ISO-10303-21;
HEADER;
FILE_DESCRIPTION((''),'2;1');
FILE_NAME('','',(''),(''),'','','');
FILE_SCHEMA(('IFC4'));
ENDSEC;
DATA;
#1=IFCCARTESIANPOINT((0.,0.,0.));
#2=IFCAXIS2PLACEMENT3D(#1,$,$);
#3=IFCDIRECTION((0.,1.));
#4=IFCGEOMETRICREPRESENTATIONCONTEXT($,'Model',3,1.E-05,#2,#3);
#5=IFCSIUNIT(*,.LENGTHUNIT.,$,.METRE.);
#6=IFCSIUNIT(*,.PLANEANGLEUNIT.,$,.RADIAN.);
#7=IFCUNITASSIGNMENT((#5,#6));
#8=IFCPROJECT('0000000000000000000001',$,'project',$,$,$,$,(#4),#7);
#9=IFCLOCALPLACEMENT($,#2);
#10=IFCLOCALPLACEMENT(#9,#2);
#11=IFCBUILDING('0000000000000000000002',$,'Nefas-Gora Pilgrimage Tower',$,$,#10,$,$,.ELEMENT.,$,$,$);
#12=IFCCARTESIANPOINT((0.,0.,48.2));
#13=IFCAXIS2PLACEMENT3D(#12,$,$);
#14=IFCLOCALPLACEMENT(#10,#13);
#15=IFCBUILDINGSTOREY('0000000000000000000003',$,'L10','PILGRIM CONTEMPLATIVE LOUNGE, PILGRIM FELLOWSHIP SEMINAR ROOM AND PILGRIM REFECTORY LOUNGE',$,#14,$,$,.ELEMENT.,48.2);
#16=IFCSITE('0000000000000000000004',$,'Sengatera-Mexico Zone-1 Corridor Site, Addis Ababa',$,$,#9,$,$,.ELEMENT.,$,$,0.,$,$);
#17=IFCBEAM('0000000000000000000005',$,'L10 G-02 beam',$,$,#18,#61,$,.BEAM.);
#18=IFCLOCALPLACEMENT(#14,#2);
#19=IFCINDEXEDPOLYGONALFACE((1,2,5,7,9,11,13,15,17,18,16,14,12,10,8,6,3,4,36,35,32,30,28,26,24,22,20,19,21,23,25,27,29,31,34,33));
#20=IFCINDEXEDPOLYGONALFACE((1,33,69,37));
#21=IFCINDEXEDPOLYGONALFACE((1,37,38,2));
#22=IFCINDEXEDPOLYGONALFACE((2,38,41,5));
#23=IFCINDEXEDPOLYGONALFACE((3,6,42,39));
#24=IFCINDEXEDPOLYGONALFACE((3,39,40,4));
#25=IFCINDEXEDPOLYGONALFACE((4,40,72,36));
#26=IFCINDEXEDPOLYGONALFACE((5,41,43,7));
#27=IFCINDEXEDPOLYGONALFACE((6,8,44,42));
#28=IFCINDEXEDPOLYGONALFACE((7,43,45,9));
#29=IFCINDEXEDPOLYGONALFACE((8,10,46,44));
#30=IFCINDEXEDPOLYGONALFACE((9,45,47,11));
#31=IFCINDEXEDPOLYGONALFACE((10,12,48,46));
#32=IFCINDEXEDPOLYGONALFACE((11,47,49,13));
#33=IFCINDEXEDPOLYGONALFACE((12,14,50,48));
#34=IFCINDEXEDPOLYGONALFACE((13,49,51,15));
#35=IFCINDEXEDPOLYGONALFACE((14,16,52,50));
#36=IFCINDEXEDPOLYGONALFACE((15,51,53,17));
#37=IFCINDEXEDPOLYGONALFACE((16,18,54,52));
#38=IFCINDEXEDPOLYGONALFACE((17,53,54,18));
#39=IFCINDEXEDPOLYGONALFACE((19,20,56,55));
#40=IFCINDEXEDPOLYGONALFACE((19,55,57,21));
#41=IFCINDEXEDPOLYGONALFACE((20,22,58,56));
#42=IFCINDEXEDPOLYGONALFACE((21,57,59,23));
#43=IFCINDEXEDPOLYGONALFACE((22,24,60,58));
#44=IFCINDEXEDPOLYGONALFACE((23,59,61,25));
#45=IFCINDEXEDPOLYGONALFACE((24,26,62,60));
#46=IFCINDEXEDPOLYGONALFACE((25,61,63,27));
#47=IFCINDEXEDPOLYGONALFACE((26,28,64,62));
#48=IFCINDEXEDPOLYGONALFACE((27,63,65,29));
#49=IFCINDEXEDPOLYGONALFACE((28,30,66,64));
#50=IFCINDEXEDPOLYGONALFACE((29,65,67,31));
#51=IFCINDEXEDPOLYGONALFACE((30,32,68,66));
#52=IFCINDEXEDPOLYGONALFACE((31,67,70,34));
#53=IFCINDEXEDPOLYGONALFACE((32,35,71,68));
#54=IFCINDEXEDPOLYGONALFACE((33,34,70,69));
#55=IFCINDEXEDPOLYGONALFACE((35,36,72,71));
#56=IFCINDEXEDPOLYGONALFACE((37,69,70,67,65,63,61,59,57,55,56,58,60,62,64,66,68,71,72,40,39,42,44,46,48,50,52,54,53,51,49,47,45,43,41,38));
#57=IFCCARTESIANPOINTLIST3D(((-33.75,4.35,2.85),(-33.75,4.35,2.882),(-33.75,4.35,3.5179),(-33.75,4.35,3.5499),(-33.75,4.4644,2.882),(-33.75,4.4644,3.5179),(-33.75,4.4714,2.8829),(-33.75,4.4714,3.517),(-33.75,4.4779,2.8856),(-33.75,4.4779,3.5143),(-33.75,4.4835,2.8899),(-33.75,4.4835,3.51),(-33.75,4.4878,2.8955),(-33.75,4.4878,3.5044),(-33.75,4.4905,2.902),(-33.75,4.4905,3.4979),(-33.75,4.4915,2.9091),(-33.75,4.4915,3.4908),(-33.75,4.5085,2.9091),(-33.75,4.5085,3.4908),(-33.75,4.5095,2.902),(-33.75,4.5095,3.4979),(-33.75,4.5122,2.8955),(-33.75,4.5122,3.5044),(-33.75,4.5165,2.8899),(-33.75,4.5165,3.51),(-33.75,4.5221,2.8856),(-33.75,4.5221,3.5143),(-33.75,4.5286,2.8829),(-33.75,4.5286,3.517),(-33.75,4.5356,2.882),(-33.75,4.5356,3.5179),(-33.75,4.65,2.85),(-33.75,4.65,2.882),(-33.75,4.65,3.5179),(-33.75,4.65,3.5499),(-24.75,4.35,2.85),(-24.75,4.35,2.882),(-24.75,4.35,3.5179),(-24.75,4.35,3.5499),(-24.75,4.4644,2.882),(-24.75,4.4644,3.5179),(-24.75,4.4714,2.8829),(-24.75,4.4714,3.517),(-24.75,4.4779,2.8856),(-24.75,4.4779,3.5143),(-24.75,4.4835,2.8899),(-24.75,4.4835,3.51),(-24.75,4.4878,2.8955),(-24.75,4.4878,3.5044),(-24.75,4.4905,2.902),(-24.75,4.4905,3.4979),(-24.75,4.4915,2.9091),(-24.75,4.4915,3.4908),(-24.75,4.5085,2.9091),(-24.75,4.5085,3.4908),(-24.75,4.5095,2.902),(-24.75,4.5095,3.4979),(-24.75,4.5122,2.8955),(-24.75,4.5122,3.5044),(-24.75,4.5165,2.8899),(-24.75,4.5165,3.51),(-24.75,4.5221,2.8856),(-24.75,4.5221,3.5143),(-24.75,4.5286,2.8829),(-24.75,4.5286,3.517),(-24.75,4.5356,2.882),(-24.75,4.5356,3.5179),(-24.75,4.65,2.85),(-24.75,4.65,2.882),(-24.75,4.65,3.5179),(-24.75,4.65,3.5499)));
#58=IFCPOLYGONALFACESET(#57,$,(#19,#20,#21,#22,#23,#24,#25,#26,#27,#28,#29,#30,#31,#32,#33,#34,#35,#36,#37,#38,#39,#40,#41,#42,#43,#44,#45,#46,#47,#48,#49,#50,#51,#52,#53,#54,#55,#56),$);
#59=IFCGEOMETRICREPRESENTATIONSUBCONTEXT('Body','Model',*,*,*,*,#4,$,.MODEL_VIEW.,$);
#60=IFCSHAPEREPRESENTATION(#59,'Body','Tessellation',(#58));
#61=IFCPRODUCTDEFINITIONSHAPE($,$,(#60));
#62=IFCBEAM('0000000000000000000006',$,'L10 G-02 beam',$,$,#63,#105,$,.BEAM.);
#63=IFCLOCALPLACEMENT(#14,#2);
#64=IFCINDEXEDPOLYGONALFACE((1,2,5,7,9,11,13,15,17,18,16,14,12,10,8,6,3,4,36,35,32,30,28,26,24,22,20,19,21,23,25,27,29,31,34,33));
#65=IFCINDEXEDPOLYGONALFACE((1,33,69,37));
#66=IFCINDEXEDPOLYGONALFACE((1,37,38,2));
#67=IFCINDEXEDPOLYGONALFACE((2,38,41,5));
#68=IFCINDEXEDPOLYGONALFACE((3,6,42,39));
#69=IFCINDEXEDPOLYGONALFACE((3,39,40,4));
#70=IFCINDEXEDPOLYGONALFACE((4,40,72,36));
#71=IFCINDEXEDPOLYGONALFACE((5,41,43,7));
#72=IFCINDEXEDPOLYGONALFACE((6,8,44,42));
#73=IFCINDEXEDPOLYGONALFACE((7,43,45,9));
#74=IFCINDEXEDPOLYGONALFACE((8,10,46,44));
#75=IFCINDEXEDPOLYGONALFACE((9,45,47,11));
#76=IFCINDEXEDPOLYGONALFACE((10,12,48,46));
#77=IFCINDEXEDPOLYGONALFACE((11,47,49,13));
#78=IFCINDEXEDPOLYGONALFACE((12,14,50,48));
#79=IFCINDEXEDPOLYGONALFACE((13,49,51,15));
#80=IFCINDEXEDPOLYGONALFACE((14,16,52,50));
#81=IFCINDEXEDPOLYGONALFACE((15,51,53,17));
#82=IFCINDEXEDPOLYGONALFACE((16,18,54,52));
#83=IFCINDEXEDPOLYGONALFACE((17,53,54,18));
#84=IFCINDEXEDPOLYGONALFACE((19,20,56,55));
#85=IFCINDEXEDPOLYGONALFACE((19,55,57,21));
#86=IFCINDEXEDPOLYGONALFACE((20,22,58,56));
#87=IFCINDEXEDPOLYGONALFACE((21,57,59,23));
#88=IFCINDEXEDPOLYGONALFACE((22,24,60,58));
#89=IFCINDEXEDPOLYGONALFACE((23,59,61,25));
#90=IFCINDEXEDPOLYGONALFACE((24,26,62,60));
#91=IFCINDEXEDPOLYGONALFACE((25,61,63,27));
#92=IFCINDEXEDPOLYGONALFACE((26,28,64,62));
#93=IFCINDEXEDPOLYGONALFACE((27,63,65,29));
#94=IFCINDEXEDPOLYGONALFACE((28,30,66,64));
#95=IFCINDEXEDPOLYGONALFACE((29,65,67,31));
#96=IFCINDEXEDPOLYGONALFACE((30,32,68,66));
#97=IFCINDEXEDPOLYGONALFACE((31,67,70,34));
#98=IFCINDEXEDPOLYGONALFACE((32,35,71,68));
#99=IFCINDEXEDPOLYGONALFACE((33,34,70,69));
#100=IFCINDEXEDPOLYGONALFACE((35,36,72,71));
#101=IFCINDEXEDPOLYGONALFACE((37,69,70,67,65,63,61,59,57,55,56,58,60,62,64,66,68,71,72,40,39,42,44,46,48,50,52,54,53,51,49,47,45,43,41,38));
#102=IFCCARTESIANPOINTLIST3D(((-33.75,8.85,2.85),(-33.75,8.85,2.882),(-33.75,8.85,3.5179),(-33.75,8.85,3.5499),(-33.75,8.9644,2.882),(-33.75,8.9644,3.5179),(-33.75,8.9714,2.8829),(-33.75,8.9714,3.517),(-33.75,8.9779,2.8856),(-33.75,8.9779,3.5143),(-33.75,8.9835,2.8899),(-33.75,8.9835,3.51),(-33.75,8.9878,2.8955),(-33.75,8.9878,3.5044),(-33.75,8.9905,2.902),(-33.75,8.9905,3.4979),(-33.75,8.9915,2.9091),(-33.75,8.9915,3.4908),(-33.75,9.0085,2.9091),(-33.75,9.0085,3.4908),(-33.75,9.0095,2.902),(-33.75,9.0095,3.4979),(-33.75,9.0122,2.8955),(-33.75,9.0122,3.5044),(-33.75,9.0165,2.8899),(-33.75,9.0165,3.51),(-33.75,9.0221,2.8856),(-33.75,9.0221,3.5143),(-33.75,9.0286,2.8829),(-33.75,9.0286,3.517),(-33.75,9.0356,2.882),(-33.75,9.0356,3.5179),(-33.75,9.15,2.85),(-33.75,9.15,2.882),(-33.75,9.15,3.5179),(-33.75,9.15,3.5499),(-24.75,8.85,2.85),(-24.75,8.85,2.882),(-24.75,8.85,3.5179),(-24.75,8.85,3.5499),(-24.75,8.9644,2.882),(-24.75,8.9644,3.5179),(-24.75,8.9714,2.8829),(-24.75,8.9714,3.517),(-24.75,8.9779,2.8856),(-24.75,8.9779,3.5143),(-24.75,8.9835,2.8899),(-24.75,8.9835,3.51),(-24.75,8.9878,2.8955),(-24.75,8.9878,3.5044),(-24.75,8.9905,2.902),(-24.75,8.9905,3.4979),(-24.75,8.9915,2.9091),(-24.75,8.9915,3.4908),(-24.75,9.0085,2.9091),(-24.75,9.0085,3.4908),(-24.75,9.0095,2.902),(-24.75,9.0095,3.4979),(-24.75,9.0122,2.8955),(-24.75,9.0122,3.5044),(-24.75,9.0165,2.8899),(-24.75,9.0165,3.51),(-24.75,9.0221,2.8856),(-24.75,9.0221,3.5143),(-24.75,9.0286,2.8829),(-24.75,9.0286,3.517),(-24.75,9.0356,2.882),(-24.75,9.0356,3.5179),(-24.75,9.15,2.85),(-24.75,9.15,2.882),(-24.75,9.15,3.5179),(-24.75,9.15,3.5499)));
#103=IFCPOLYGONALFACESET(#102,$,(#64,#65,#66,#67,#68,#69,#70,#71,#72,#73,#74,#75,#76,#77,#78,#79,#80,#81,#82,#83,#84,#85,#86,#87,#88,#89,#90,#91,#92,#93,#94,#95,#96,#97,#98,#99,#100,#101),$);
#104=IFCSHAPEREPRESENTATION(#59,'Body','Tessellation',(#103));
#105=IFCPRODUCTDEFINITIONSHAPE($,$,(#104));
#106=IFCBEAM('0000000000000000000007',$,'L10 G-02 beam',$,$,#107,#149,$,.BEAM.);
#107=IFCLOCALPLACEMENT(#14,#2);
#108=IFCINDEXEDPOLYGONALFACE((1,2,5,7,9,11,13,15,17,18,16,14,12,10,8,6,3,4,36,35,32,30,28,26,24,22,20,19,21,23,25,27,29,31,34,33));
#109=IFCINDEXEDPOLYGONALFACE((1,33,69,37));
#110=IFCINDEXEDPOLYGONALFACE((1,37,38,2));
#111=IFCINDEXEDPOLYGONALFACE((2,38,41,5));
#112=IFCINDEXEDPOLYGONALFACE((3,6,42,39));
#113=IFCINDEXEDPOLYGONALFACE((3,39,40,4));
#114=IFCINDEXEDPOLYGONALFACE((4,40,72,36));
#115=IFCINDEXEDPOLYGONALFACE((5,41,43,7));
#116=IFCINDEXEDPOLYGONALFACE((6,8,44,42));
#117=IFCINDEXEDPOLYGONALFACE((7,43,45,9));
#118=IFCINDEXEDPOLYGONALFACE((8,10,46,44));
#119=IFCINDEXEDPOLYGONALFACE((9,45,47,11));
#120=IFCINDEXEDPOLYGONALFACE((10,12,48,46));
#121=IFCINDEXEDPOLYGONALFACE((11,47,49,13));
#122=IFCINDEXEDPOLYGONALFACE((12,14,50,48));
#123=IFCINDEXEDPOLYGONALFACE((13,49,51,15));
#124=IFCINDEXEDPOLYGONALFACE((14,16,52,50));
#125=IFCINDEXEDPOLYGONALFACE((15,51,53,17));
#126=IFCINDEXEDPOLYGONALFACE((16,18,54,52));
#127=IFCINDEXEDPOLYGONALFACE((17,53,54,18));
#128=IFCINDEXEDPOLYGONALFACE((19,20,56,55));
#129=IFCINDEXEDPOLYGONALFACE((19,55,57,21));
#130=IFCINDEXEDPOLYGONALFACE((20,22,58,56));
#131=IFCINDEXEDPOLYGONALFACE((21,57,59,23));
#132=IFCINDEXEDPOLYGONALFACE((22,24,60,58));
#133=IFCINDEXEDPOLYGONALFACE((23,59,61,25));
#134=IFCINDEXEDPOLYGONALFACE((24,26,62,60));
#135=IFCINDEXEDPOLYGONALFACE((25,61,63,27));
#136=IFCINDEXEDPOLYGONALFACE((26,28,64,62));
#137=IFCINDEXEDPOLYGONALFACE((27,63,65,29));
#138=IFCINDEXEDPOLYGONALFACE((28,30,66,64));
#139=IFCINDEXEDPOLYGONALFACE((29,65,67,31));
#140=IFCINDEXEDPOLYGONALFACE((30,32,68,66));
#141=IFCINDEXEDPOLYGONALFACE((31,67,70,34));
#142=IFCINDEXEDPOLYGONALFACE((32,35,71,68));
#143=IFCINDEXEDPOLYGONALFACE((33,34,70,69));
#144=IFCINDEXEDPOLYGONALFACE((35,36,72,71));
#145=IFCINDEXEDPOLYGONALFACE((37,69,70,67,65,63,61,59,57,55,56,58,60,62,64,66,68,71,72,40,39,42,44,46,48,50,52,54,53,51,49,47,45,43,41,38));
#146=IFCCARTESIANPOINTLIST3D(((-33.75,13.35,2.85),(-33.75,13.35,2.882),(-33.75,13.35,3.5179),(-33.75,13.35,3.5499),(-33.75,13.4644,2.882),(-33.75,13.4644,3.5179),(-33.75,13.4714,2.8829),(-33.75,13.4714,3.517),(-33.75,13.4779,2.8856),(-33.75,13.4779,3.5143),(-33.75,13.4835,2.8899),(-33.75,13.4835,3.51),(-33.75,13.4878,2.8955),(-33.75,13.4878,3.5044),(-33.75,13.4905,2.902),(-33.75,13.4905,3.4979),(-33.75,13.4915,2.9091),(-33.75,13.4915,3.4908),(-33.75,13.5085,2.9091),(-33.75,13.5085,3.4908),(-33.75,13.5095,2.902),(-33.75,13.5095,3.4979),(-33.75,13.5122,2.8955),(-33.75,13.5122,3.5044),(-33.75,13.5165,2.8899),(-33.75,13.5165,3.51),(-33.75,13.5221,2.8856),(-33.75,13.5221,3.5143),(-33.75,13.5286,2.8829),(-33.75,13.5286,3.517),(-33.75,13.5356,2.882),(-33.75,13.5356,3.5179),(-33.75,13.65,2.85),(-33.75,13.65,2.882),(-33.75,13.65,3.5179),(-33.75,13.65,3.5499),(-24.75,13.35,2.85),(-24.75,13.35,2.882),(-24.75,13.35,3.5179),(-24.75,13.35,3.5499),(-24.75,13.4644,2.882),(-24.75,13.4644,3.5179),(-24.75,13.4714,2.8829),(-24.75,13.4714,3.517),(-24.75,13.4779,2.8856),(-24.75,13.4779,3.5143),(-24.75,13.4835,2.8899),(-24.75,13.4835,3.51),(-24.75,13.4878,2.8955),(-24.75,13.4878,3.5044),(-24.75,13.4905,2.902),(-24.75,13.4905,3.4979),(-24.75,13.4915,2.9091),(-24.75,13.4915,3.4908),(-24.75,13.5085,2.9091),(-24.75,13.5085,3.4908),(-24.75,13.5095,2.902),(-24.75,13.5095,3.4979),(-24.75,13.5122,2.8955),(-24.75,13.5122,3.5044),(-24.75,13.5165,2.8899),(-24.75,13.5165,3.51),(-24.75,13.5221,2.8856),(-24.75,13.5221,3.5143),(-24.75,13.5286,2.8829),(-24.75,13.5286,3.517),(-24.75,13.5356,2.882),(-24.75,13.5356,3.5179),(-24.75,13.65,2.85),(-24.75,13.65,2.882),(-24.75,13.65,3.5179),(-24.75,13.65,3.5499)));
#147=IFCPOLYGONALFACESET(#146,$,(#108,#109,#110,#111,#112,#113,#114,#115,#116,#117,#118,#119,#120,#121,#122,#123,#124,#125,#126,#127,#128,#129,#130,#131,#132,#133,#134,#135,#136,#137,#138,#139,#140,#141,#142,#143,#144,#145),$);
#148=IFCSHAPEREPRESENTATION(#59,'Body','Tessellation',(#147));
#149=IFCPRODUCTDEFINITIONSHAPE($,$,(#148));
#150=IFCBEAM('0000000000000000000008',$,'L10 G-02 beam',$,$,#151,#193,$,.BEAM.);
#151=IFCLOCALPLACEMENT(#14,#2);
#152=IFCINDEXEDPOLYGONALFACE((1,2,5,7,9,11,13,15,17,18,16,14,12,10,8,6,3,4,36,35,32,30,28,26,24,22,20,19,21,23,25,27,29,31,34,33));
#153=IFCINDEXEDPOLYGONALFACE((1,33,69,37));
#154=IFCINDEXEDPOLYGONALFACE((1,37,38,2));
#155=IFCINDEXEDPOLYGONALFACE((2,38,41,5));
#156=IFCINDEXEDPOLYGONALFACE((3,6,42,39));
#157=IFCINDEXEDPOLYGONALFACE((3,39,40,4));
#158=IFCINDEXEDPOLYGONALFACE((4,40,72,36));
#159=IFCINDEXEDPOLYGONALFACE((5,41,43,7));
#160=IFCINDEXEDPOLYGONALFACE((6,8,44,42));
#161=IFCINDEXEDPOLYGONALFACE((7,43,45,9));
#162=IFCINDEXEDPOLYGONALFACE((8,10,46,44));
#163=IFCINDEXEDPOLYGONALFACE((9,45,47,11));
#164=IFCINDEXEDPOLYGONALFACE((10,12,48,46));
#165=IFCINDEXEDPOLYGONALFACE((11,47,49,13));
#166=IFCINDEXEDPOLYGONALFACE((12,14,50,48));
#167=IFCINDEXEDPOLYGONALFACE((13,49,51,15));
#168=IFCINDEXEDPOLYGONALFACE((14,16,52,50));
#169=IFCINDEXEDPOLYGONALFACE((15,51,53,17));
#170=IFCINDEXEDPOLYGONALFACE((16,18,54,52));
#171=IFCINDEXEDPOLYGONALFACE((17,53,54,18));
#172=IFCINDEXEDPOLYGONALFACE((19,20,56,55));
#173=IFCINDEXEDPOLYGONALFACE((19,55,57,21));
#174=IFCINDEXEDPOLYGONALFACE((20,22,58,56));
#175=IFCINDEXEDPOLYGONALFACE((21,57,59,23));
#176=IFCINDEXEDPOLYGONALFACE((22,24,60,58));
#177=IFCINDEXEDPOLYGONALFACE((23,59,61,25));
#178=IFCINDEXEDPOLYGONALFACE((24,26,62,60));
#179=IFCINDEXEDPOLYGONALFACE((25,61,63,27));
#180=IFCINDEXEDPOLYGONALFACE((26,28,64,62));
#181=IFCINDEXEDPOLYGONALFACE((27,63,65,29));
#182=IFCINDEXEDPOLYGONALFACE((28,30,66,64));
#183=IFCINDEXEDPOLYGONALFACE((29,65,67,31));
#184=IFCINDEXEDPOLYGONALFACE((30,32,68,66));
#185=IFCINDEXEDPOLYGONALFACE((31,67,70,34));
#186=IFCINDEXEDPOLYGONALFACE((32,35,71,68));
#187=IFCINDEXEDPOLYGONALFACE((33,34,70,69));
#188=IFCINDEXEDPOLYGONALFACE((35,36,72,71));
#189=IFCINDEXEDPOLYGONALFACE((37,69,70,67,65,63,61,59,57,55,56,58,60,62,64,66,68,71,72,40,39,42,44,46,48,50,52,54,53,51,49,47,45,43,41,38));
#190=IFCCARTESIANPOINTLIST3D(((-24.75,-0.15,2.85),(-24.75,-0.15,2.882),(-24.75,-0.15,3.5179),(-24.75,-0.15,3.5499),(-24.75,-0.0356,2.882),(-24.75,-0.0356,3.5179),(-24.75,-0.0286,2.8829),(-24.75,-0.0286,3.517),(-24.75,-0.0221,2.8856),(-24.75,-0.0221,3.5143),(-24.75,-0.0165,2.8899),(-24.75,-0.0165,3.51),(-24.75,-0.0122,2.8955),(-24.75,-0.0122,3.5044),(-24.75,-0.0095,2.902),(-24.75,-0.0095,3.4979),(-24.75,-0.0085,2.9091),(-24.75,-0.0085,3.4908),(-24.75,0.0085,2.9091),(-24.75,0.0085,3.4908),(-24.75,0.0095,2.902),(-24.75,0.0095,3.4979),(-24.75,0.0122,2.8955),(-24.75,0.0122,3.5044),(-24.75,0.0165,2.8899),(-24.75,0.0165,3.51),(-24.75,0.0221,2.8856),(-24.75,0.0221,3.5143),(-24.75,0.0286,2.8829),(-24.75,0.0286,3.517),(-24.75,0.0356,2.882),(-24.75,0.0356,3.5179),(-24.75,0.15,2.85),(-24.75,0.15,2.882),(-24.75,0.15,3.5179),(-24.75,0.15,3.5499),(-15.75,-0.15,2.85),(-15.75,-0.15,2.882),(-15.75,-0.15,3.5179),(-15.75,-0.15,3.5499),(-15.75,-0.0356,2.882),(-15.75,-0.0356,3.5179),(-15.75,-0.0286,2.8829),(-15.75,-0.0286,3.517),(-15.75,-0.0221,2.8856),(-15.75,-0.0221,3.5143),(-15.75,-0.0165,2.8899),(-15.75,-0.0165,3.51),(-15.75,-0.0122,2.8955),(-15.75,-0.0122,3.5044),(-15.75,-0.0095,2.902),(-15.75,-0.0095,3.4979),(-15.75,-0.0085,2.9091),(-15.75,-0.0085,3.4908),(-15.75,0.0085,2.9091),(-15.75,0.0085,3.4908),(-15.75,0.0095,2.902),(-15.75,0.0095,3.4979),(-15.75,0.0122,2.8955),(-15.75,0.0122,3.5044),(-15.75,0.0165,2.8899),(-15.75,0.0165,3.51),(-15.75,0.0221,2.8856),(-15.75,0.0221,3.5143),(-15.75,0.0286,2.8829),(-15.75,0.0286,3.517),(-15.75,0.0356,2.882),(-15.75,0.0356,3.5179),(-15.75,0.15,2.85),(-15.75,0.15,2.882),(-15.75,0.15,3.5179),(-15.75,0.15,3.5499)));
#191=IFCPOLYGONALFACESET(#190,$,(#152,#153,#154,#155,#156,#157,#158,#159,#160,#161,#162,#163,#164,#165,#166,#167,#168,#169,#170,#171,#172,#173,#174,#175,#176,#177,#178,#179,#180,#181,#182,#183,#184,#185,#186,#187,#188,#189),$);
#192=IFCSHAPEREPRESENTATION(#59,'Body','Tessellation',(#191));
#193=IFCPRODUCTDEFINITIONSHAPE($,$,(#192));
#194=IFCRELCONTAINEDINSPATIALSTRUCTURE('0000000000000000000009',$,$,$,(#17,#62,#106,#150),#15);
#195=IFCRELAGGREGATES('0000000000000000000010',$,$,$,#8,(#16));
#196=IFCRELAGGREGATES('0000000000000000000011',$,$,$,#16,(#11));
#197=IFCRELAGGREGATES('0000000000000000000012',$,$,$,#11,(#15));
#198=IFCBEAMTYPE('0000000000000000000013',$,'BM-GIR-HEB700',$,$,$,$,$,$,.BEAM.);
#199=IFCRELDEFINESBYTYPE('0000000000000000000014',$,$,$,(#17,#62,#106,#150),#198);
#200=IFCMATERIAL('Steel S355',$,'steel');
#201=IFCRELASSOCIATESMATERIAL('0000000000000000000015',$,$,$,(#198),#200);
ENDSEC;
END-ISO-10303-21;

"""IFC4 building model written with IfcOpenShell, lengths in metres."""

from ifc_helpers import new_model, si_unit, direction, frame, origin, origin_2d, place, context, subcontext, project, spatial, i_section, extrude, source, transform, mapped, material, material_profile, profile_set, type_object, element, save


model = new_model("IFC4")

# Units and contexts
model_context = context("Model", 3, precision=1e-05, world=origin(), true_north=direction((0.0, 1.0)))
body_context = subcontext(model_context, "Body", "Model", "MODEL_VIEW")
ifc_project = project(units=[si_unit("LENGTHUNIT", "METRE"), si_unit("PLANEANGLEUNIT", "RADIAN")], contexts=[model_context])

# Site, building, storey
site_placement = place(None, origin())
site = spatial("IfcSite", under=ifc_project, at=site_placement, Name="Sengatera-Mexico Zone-1 Corridor Site, Addis Ababa", CompositionType="ELEMENT", RefElevation=0.0)
building_placement = place(site_placement, origin())
building = spatial("IfcBuilding", under=site, at=building_placement, Name="Nefas-Gora Pilgrimage Tower", CompositionType="ELEMENT")
storey_placement = place(building_placement, frame((0.0, 0.0, 48.2)))
storey = spatial("IfcBuildingStorey", under=building, at=storey_placement, Name="L10", Description="PILGRIM CONTEMPLATIVE LOUNGE, PILGRIM FELLOWSHIP SEMINAR ROOM AND PILGRIM REFECTORY LOUNGE", CompositionType="ELEMENT", Elevation=48.2)

# Beams
ifc_material_1 = material(Name="Steel S355", Category="steel")
ifc_material_profile_1 = material_profile(ifc_material_1, i_section(OverallWidth=0.3, OverallDepth=0.7, WebThickness=0.0171, FlangeThickness=0.032, FilletRadius=0.0271, at=origin_2d()), Name="HEB 700")
ifc_profile_set_1 = profile_set([ifc_material_profile_1], Name="Steel S355")
beam_type_1 = type_object("IfcBeamType", Name="BM-GIR-HEB700", PredefinedType="BEAM", material=ifc_profile_set_1)
shared_shape_1 = source(origin(), body_context, "Body", "SweptSolid", [
    extrude(i_section(OverallWidth=0.3, OverallDepth=0.7, WebThickness=0.0171, FlangeThickness=0.032, FilletRadius=0.0271, at=origin_2d()), origin(), (0.0, 0.0, 1.0), 9.0),
])
for number, where, z_axis, x_axis, name in (
    (1, (-33.75, 4.5, 3.2), (1.0, 0.0, 0.0), (0.0, 1.0, 0.0), "L10 G-02 beam"),
    (2, (-33.75, 9.0, 3.2), (1.0, 0.0, 0.0), (0.0, 1.0, 0.0), "L10 G-02 beam"),
    (3, (-33.75, 13.5, 3.2), (1.0, 0.0, 0.0), (0.0, 1.0, 0.0), "L10 G-02 beam"),
    (4, (-24.75, 0.0, 3.2), (1.0, 0.0, 0.0), (0.0, 1.0, 0.0), "L10 G-02 beam"),
):
    element("IfcBeam", number, at=place(storey_placement, frame(where, z_axis=z_axis, x_axis=x_axis)), inside=storey, type_object=beam_type_1, Name=name, PredefinedType="BEAM", context=body_context, shape_type="MappedRepresentation", body=[
        mapped(shared_shape_1, transform((0.0, 0.0, 0.0), x_axis=(1.0, 0.0, 0.0), y_axis=(0.0, 1.0, 0.0), z_axis=(0.0, 0.0, 1.0), scale=1.0)),
    ])

save(model, "model.ifc")
